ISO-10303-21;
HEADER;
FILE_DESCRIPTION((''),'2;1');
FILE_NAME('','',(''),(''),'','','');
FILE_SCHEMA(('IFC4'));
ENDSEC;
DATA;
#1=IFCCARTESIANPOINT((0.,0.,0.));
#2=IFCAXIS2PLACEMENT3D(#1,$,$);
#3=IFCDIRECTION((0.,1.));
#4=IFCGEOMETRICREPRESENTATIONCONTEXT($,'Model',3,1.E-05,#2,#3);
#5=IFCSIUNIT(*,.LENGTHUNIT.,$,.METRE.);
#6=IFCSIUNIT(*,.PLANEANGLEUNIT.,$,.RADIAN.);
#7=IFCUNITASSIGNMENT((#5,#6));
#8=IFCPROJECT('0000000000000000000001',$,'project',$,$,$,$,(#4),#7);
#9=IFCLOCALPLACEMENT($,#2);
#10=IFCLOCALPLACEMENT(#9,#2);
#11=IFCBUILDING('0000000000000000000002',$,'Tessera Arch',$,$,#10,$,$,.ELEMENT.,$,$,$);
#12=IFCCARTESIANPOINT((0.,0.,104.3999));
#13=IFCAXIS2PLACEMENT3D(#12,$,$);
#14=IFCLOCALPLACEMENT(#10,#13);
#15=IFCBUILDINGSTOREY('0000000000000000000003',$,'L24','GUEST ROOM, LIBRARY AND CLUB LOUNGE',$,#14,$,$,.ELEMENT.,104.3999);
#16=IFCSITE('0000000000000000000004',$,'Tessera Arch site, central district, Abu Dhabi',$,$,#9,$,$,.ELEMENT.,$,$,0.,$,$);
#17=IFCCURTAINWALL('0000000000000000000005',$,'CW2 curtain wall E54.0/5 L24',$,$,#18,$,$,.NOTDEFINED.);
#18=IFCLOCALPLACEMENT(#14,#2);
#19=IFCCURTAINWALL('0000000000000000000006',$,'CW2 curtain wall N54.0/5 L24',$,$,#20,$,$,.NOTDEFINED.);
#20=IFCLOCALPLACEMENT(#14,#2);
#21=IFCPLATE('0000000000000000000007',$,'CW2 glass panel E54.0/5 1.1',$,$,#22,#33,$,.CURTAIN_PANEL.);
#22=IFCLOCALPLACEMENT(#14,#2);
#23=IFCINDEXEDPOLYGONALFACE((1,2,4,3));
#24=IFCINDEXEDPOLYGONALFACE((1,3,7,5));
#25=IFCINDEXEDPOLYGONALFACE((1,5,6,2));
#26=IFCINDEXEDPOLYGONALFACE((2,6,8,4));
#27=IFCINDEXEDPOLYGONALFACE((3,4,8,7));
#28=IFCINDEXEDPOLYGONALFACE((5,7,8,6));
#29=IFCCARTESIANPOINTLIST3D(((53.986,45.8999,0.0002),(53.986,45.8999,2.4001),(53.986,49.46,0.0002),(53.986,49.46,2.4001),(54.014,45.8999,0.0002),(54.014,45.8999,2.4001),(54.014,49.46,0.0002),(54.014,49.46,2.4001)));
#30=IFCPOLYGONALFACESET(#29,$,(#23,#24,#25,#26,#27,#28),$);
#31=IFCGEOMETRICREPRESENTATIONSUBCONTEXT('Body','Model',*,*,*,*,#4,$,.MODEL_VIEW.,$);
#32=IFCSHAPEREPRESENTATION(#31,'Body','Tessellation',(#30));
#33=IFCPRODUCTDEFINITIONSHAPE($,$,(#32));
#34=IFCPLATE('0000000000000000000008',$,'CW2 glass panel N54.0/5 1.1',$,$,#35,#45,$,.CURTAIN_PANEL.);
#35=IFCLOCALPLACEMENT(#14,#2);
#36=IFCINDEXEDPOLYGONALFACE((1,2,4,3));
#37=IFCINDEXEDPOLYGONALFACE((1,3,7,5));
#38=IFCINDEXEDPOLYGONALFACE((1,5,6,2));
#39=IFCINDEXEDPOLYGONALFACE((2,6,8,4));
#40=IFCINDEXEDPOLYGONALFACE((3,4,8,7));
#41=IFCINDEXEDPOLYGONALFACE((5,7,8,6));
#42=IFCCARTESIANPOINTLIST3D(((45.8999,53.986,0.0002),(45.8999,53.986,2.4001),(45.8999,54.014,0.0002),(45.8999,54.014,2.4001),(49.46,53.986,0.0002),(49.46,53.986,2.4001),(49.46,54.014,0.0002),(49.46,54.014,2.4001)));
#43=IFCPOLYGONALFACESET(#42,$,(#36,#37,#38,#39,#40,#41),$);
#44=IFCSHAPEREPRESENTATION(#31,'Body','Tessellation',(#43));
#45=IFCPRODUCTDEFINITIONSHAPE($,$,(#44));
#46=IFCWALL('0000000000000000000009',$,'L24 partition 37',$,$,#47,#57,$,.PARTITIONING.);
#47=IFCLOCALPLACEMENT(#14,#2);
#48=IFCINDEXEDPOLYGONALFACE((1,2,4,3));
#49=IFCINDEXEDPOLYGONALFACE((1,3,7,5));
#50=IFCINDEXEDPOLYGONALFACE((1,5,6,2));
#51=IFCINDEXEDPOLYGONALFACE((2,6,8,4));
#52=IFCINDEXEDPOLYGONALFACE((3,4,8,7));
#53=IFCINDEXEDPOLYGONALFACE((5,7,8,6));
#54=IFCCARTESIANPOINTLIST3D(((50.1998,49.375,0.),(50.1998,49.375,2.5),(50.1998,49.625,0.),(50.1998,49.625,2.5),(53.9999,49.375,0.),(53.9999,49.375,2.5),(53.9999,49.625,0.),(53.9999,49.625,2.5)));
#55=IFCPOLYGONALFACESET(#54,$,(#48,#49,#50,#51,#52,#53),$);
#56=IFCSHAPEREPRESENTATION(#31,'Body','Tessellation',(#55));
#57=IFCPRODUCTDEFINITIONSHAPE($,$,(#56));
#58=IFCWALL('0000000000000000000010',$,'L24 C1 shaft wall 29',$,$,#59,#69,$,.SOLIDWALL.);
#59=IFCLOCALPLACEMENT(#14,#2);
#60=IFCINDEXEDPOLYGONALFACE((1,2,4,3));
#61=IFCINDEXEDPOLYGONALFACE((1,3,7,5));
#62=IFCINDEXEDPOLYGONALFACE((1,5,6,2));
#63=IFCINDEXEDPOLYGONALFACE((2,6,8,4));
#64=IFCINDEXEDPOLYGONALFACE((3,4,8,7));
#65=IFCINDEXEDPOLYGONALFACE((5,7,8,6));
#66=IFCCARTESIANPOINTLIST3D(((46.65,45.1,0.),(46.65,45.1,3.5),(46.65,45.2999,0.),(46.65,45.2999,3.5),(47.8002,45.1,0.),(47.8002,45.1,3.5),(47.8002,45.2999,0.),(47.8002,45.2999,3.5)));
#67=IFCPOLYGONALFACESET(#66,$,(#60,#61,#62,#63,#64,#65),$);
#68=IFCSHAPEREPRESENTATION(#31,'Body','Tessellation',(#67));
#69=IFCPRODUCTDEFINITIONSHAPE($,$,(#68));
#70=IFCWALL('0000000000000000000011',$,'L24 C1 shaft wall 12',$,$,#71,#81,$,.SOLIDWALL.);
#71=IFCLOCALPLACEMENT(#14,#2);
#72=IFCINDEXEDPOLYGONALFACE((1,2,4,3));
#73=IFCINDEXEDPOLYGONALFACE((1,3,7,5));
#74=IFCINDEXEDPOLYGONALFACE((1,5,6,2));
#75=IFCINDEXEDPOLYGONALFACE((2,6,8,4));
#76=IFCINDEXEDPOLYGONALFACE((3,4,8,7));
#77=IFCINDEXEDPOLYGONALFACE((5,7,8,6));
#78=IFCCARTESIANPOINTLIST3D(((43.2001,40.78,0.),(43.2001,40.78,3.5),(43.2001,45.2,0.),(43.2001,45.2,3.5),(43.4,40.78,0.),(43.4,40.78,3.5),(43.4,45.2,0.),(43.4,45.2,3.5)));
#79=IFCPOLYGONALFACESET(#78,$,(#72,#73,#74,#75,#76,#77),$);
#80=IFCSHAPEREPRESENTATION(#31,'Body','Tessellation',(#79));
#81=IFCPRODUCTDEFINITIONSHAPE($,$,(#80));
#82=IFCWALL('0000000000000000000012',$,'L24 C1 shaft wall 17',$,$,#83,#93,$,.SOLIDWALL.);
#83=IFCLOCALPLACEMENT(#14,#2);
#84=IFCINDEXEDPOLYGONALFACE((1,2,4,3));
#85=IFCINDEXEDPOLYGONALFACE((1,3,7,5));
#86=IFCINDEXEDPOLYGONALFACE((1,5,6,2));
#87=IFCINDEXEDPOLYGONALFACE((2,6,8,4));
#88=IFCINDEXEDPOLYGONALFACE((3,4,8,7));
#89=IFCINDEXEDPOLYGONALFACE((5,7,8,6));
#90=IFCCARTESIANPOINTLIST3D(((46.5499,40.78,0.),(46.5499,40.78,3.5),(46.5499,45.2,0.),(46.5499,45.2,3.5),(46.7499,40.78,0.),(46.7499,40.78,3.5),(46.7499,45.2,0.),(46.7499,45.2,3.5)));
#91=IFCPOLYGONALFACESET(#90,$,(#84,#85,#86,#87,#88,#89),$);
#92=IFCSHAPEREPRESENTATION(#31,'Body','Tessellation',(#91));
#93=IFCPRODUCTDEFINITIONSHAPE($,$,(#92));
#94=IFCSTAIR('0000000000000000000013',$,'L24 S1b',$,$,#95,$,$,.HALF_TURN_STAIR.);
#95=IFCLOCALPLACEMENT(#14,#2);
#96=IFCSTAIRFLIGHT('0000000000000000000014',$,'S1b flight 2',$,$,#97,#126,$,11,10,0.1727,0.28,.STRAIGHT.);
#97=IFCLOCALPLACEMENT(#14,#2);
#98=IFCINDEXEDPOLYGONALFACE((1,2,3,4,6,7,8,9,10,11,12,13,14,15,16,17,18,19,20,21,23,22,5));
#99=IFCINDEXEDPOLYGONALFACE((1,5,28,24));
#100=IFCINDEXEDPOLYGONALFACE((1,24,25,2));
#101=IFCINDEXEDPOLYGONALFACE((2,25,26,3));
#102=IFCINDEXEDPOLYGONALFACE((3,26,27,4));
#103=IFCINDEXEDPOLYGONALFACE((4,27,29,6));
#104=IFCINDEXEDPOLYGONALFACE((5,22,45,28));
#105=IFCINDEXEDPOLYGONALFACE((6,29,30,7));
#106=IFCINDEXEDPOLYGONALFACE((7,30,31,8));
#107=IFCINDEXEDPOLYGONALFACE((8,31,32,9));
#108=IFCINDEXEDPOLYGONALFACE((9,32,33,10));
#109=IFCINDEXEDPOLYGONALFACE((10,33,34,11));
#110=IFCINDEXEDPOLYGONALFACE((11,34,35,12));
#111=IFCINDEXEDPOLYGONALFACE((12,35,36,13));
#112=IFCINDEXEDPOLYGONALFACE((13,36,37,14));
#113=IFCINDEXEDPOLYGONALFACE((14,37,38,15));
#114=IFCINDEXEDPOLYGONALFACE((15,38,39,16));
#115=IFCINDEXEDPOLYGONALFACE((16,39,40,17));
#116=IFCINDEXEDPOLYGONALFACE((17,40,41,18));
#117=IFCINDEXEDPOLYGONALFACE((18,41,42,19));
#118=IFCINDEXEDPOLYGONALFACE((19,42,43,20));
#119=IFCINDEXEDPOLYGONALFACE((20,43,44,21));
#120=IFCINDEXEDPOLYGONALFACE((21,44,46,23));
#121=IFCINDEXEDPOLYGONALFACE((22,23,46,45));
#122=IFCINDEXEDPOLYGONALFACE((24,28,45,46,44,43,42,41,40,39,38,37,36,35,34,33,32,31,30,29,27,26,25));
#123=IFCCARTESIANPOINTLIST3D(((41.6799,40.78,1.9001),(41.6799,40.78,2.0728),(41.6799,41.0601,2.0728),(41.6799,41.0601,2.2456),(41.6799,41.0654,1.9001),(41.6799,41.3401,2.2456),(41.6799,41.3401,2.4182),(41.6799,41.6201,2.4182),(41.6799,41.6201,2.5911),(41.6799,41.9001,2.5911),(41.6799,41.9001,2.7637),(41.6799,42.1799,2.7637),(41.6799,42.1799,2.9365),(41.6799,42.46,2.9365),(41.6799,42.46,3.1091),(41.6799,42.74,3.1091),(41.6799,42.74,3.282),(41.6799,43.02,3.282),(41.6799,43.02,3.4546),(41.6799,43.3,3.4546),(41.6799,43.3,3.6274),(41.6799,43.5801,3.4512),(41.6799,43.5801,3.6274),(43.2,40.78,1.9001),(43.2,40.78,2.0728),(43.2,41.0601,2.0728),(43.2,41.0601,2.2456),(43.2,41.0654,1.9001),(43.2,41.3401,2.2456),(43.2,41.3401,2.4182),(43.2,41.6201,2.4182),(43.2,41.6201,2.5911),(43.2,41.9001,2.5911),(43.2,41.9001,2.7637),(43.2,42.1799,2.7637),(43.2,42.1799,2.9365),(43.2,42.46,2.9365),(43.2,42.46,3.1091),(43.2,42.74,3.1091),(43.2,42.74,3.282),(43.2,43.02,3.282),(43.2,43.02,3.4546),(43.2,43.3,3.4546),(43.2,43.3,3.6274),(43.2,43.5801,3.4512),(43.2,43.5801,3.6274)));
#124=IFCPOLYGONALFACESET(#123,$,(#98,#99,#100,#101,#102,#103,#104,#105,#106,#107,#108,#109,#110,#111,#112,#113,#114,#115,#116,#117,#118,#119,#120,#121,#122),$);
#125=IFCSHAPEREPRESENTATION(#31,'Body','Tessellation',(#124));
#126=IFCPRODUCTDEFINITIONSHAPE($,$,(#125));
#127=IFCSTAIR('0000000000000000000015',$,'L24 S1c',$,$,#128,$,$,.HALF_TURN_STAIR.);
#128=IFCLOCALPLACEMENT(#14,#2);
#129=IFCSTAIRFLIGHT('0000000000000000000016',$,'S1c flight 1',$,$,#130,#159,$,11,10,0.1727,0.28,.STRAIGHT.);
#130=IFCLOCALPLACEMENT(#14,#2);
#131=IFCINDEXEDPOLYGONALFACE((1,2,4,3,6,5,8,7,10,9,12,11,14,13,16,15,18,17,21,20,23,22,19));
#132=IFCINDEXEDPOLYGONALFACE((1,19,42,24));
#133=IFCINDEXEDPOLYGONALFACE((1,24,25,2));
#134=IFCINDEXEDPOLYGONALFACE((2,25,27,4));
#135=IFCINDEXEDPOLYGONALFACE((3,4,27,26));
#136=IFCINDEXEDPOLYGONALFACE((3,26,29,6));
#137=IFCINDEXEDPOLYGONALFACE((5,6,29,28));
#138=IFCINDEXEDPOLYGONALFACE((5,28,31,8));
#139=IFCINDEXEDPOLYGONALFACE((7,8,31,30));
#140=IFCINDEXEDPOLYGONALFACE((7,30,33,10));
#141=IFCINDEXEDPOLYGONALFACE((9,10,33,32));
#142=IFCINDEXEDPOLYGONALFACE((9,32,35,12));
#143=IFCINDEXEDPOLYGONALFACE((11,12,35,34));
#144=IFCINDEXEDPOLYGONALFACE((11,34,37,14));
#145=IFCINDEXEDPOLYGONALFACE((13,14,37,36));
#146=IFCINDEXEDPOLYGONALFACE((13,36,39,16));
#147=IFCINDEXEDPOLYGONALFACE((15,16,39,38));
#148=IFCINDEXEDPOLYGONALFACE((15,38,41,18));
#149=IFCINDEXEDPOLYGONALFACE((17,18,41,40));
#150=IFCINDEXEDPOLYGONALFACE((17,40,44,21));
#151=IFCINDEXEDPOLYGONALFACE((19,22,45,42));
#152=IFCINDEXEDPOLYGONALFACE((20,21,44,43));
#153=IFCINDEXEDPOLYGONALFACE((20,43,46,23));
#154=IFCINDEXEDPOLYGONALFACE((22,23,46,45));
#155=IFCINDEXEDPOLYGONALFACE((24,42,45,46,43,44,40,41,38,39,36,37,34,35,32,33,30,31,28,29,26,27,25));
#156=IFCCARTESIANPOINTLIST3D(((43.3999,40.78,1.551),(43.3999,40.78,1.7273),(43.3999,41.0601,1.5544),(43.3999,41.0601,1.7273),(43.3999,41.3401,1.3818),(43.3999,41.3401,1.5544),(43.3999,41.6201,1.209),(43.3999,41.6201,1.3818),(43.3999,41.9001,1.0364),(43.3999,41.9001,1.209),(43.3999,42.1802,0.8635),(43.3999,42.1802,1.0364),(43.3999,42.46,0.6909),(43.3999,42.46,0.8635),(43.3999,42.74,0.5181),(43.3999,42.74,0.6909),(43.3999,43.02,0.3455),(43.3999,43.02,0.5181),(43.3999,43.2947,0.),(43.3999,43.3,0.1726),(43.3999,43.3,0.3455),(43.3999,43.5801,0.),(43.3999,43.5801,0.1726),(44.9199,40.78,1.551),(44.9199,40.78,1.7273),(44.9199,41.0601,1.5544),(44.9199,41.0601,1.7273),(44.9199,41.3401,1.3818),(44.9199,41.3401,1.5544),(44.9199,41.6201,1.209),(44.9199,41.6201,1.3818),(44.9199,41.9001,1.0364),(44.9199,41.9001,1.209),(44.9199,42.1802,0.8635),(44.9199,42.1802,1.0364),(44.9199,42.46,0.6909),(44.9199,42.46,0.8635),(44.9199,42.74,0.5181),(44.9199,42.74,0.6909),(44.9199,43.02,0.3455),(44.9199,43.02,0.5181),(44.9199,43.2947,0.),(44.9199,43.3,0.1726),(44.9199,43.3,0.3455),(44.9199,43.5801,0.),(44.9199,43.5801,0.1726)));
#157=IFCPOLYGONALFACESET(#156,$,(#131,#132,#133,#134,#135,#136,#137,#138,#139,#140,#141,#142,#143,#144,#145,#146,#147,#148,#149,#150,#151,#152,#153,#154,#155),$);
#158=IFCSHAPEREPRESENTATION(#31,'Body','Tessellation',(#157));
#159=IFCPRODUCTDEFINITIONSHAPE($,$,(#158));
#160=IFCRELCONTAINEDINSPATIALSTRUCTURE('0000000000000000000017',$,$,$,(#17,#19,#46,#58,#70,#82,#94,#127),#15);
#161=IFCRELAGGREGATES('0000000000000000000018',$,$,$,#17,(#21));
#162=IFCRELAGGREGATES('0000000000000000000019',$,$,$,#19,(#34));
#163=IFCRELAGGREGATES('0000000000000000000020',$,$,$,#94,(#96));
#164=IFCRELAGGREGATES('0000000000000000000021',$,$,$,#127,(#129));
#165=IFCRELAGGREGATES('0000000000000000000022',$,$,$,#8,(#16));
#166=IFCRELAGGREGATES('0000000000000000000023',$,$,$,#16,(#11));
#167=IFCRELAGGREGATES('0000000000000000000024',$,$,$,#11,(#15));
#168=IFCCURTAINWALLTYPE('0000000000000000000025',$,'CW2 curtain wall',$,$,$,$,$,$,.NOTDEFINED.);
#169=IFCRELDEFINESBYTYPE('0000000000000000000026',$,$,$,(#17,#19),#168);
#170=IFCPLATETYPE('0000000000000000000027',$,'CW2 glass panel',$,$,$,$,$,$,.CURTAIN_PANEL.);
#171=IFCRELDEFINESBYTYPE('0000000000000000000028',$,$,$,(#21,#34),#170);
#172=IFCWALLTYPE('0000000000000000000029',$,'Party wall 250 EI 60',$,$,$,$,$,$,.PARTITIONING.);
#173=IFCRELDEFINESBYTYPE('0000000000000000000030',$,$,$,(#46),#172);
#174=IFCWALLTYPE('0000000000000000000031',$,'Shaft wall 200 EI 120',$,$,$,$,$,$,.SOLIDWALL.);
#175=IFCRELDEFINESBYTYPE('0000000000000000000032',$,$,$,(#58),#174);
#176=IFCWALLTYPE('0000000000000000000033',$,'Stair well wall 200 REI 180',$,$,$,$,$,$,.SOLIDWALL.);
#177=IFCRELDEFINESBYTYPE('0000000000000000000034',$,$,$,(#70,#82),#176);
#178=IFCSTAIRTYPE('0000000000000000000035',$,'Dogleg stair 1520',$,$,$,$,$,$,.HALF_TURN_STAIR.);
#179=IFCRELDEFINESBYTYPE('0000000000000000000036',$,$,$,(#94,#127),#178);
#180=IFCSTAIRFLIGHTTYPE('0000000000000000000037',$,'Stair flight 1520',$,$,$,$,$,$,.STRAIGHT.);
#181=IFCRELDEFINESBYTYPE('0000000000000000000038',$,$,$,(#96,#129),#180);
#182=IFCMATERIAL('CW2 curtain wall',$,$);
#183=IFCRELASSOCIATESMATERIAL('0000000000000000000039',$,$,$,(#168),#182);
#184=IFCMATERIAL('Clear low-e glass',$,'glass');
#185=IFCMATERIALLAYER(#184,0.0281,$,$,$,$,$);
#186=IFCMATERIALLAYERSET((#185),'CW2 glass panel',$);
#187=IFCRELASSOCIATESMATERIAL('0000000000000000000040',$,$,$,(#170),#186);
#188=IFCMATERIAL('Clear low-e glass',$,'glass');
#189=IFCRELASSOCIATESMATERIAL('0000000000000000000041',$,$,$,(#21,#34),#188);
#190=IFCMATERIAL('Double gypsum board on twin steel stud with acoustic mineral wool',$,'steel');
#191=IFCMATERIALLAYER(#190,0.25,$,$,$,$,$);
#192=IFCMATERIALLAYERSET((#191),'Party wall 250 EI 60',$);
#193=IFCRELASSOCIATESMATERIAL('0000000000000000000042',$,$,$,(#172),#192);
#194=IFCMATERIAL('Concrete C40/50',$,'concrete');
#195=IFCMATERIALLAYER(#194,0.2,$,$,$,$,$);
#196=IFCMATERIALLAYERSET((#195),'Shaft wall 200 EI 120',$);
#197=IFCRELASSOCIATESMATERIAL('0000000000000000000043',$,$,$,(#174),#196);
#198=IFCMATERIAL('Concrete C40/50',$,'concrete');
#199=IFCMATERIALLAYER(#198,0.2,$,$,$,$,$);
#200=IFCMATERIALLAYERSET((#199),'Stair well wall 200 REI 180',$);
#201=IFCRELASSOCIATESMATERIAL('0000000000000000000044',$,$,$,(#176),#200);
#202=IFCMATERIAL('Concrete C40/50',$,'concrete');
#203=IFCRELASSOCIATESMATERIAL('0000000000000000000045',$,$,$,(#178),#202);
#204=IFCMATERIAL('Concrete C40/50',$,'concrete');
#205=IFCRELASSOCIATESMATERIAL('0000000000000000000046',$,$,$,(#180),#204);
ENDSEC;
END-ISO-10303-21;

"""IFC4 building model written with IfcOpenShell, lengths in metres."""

from ifc_helpers import new_model, si_unit, direction, frame, frame_2d, origin, origin_2d, place, context, subcontext, project, spatial, polyline, rectangle, outline, extrude, material, layer, layer_set, type_object, element, aggregate, save


model = new_model("IFC4")

# Units and contexts
model_context = context("Model", 3, precision=1e-05, world=origin(), true_north=direction((0.0, 1.0)))
body_context = subcontext(model_context, "Body", "Model", "MODEL_VIEW")
ifc_project = project(units=[si_unit("LENGTHUNIT", "METRE"), si_unit("PLANEANGLEUNIT", "RADIAN")], contexts=[model_context])

# Site, building, storey
site_placement = place(None, origin())
site = spatial("IfcSite", under=ifc_project, at=site_placement, Name="Tessera Arch site, central district, Abu Dhabi", CompositionType="ELEMENT", RefElevation=0.0)
building_placement = place(site_placement, origin())
building = spatial("IfcBuilding", under=site, at=building_placement, Name="Tessera Arch", CompositionType="ELEMENT")
storey_placement = place(building_placement, frame((0.0, 0.0, 104.3999)))
storey = spatial("IfcBuildingStorey", under=building, at=storey_placement, Name="L24", Description="GUEST ROOM, LIBRARY AND CLUB LOUNGE", CompositionType="ELEMENT", Elevation=104.3999)

# Curtain walls
ifc_material_1 = material(Name="CW2 curtain wall")
curtain_wall_type_1 = type_object("IfcCurtainWallType", Name="CW2 curtain wall", PredefinedType="NOTDEFINED", material=ifc_material_1)
curtain_wall_1_placement = place(storey_placement, origin())
curtain_wall_1 = element("IfcCurtainWall", 1, at=curtain_wall_1_placement, inside=storey, type_object=curtain_wall_type_1, Name="CW2 curtain wall E54.0/5 L24", PredefinedType="NOTDEFINED")
curtain_wall_2_placement = place(storey_placement, origin())
curtain_wall_2 = element("IfcCurtainWall", 2, at=curtain_wall_2_placement, inside=storey, type_object=curtain_wall_type_1, Name="CW2 curtain wall N54.0/5 L24", PredefinedType="NOTDEFINED")

# Plates
ifc_material_2 = material(Name="Clear low-e glass", Category="glass")
ifc_material_3 = material(Name="Clear low-e glass", Category="glass")
ifc_layer_1 = layer(ifc_material_3, 0.0281)
ifc_layer_set_1 = layer_set([ifc_layer_1], Name="CW2 glass panel")
plate_type_1 = type_object("IfcPlateType", Name="CW2 glass panel", PredefinedType="CURTAIN_PANEL", material=ifc_layer_set_1)
plate_1_placement = place(storey_placement, frame((54.0, 47.6799, 0.0002), z_axis=(0.0, 0.0, 1.0), x_axis=(0.0, 1.0, 0.0)))
plate_1 = element("IfcPlate", 3, at=plate_1_placement, type_object=plate_type_1, material=ifc_material_2, Name="CW2 glass panel E54.0/5 1.1", PredefinedType="CURTAIN_PANEL", context=body_context, shape_type="SweptSolid", body=[
    extrude(rectangle(XDim=3.5601, YDim=0.0281, at=origin_2d()), origin(), (0.0, 0.0, 1.0), 2.3999),
])
aggregate(curtain_wall_1, [plate_1])
plate_2_placement = place(storey_placement, frame((47.6799, 54.0, 0.0002), z_axis=(0.0, 0.0, 1.0), x_axis=(-1.0, 0.0, 0.0)))
plate_2 = element("IfcPlate", 4, at=plate_2_placement, type_object=plate_type_1, material=ifc_material_2, Name="CW2 glass panel N54.0/5 1.1", PredefinedType="CURTAIN_PANEL", context=body_context, shape_type="SweptSolid", body=[
    extrude(rectangle(XDim=3.5601, YDim=0.0281, at=origin_2d()), origin(), (0.0, 0.0, 1.0), 2.3999),
])
aggregate(curtain_wall_2, [plate_2])

# Walls
ifc_material_4 = material(Name="Double gypsum board on twin steel stud with acoustic mineral wool", Category="steel")
ifc_layer_2 = layer(ifc_material_4, 0.25)
ifc_layer_set_2 = layer_set([ifc_layer_2], Name="Party wall 250 EI 60")
wall_type_1 = type_object("IfcWallType", Name="Party wall 250 EI 60", PredefinedType="PARTITIONING", material=ifc_layer_set_2)
wall_1_placement = place(storey_placement, frame((50.2, 49.5, 0.0), z_axis=(0.0, 0.0, 1.0), x_axis=(1.0, 0.0, 0.0)))
element("IfcWall", 5, at=wall_1_placement, inside=storey, type_object=wall_type_1, Name="L24 partition 37", PredefinedType="PARTITIONING", context=body_context, shape_type="SweptSolid", body=[
    extrude(rectangle(XDim=3.8, YDim=0.25, at=frame_2d((1.8999, 0.0))), origin(), (0.0, 0.0, 1.0), 2.5),
])
ifc_material_5 = material(Name="Concrete C40/50", Category="concrete")
ifc_layer_3 = layer(ifc_material_5, 0.2)
ifc_layer_set_3 = layer_set([ifc_layer_3], Name="Shaft wall 200 EI 120")
wall_type_2 = type_object("IfcWallType", Name="Shaft wall 200 EI 120", PredefinedType="SOLIDWALL", material=ifc_layer_set_3)
wall_2_placement = place(storey_placement, frame((46.6499, 45.2, 0.0), z_axis=(0.0, 0.0, 1.0), x_axis=(1.0, 0.0, 0.0)))
element("IfcWall", 6, at=wall_2_placement, inside=storey, type_object=wall_type_2, Name="L24 C1 shaft wall 29", PredefinedType="SOLIDWALL", context=body_context, shape_type="SweptSolid", body=[
    extrude(rectangle(XDim=1.1501, YDim=0.2, at=frame_2d((0.5752, 0.0))), origin(), (0.0, 0.0, 1.0), 3.5),
])
ifc_material_6 = material(Name="Concrete C40/50", Category="concrete")
ifc_layer_4 = layer(ifc_material_6, 0.2)
ifc_layer_set_4 = layer_set([ifc_layer_4], Name="Stair well wall 200 REI 180")
wall_type_3 = type_object("IfcWallType", Name="Stair well wall 200 REI 180", PredefinedType="SOLIDWALL", material=ifc_layer_set_4)
for number, where, z_axis, x_axis, name in (
    (7, (43.3, 40.78, 0.0), (0.0, 0.0, 1.0), (0.0, 1.0, 0.0), "L24 C1 shaft wall 12"),
    (8, (46.6499, 40.78, 0.0), (0.0, 0.0, 1.0), (0.0, 1.0, 0.0), "L24 C1 shaft wall 17"),
):
    element("IfcWall", number, at=place(storey_placement, frame(where, z_axis=z_axis, x_axis=x_axis)), inside=storey, type_object=wall_type_3, Name=name, PredefinedType="SOLIDWALL", context=body_context, shape_type="SweptSolid", body=[
        extrude(rectangle(XDim=4.4199, YDim=0.2, at=frame_2d((2.21, 0.0))), origin(), (0.0, 0.0, 1.0), 3.5),
    ])

# Stair, stair flight
ifc_material_7 = material(Name="Concrete C40/50", Category="concrete")
stair_type = type_object("IfcStairType", Name="Dogleg stair 1520", PredefinedType="HALF_TURN_STAIR", material=ifc_material_7)
stair_1_placement = place(storey_placement, origin())
stair_1 = element("IfcStair", 9, at=stair_1_placement, inside=storey, type_object=stair_type, Name="L24 S1b", PredefinedType="HALF_TURN_STAIR")
ifc_material_8 = material(Name="Concrete C40/50", Category="concrete")
stair_flight_type = type_object("IfcStairFlightType", Name="Stair flight 1520", PredefinedType="STRAIGHT", material=ifc_material_8)
stair_flight_1_placement = place(storey_placement, frame((42.4399, 40.78, 1.9001), z_axis=(0.0, 0.0, 1.0), x_axis=(0.0, 1.0, 0.0)))
stair_flight_1 = element("IfcStairFlight", 10, at=stair_flight_1_placement, type_object=stair_flight_type, Name="S1b flight 2", NumberOfRisers=11, NumberOfTreads=10, PredefinedType="STRAIGHT", RiserHeight=0.1727, TreadLength=0.28, context=body_context, shape_type="SweptSolid", body=[
    extrude(outline(polyline([(0.0, 0.0), (0.0, 0.1726), (0.28, 0.1726), (0.28, 0.3455), (0.5601, 0.3455), (0.5601, 0.5181), (0.8401, 0.5181), (0.8401, 0.6909), (1.1201, 0.6909), (1.1201, 0.8635), (1.3999, 0.8635), (1.3999, 1.0364), (1.6799, 1.0364), (1.6799, 1.209), (1.96, 1.209), (1.96, 1.3818), (2.24, 1.3818), (2.24, 1.5544), (2.52, 1.5544), (2.52, 1.7273), (2.8, 1.7273), (2.8, 1.8999), (2.8, 1.551), (0.2854, 0.0), (0.0, 0.0)])), frame((0.0, 0.76, 0.0), z_axis=(0.0, -1.0, 0.0), x_axis=(1.0, 0.0, 0.0)), (0.0, 0.0, 1.0), 1.52),
])
aggregate(stair_1, [stair_flight_1])

# Stair, stair flight
stair_2_placement = place(storey_placement, origin())
stair_2 = element("IfcStair", 11, at=stair_2_placement, inside=storey, type_object=stair_type, Name="L24 S1c", PredefinedType="HALF_TURN_STAIR")
stair_flight_2_placement = place(storey_placement, frame((44.1599, 43.5801, 0.0), z_axis=(0.0, 0.0, 1.0), x_axis=(0.0, -1.0, 0.0)))
stair_flight_2 = element("IfcStairFlight", 12, at=stair_flight_2_placement, type_object=stair_flight_type, Name="S1c flight 1", NumberOfRisers=11, NumberOfTreads=10, PredefinedType="STRAIGHT", RiserHeight=0.1727, TreadLength=0.28, context=body_context, shape_type="SweptSolid", body=[
    extrude(outline(polyline([(0.0, 0.0), (0.0, 0.1726), (0.28, 0.1726), (0.28, 0.3455), (0.5601, 0.3455), (0.5601, 0.5181), (0.8401, 0.5181), (0.8401, 0.6909), (1.1201, 0.6909), (1.1201, 0.8635), (1.3999, 0.8635), (1.3999, 1.0364), (1.6799, 1.0364), (1.6799, 1.209), (1.96, 1.209), (1.96, 1.3818), (2.24, 1.3818), (2.24, 1.5544), (2.52, 1.5544), (2.52, 1.7273), (2.8, 1.7273), (2.8, 1.8999), (2.8, 1.551), (0.2854, 0.0), (0.0, 0.0)])), frame((0.0, 0.76, 0.0), z_axis=(0.0, -1.0, 0.0), x_axis=(1.0, 0.0, 0.0)), (0.0, 0.0, 1.0), 1.52),
])
aggregate(stair_2, [stair_flight_2])

save(model, "model.ifc")
